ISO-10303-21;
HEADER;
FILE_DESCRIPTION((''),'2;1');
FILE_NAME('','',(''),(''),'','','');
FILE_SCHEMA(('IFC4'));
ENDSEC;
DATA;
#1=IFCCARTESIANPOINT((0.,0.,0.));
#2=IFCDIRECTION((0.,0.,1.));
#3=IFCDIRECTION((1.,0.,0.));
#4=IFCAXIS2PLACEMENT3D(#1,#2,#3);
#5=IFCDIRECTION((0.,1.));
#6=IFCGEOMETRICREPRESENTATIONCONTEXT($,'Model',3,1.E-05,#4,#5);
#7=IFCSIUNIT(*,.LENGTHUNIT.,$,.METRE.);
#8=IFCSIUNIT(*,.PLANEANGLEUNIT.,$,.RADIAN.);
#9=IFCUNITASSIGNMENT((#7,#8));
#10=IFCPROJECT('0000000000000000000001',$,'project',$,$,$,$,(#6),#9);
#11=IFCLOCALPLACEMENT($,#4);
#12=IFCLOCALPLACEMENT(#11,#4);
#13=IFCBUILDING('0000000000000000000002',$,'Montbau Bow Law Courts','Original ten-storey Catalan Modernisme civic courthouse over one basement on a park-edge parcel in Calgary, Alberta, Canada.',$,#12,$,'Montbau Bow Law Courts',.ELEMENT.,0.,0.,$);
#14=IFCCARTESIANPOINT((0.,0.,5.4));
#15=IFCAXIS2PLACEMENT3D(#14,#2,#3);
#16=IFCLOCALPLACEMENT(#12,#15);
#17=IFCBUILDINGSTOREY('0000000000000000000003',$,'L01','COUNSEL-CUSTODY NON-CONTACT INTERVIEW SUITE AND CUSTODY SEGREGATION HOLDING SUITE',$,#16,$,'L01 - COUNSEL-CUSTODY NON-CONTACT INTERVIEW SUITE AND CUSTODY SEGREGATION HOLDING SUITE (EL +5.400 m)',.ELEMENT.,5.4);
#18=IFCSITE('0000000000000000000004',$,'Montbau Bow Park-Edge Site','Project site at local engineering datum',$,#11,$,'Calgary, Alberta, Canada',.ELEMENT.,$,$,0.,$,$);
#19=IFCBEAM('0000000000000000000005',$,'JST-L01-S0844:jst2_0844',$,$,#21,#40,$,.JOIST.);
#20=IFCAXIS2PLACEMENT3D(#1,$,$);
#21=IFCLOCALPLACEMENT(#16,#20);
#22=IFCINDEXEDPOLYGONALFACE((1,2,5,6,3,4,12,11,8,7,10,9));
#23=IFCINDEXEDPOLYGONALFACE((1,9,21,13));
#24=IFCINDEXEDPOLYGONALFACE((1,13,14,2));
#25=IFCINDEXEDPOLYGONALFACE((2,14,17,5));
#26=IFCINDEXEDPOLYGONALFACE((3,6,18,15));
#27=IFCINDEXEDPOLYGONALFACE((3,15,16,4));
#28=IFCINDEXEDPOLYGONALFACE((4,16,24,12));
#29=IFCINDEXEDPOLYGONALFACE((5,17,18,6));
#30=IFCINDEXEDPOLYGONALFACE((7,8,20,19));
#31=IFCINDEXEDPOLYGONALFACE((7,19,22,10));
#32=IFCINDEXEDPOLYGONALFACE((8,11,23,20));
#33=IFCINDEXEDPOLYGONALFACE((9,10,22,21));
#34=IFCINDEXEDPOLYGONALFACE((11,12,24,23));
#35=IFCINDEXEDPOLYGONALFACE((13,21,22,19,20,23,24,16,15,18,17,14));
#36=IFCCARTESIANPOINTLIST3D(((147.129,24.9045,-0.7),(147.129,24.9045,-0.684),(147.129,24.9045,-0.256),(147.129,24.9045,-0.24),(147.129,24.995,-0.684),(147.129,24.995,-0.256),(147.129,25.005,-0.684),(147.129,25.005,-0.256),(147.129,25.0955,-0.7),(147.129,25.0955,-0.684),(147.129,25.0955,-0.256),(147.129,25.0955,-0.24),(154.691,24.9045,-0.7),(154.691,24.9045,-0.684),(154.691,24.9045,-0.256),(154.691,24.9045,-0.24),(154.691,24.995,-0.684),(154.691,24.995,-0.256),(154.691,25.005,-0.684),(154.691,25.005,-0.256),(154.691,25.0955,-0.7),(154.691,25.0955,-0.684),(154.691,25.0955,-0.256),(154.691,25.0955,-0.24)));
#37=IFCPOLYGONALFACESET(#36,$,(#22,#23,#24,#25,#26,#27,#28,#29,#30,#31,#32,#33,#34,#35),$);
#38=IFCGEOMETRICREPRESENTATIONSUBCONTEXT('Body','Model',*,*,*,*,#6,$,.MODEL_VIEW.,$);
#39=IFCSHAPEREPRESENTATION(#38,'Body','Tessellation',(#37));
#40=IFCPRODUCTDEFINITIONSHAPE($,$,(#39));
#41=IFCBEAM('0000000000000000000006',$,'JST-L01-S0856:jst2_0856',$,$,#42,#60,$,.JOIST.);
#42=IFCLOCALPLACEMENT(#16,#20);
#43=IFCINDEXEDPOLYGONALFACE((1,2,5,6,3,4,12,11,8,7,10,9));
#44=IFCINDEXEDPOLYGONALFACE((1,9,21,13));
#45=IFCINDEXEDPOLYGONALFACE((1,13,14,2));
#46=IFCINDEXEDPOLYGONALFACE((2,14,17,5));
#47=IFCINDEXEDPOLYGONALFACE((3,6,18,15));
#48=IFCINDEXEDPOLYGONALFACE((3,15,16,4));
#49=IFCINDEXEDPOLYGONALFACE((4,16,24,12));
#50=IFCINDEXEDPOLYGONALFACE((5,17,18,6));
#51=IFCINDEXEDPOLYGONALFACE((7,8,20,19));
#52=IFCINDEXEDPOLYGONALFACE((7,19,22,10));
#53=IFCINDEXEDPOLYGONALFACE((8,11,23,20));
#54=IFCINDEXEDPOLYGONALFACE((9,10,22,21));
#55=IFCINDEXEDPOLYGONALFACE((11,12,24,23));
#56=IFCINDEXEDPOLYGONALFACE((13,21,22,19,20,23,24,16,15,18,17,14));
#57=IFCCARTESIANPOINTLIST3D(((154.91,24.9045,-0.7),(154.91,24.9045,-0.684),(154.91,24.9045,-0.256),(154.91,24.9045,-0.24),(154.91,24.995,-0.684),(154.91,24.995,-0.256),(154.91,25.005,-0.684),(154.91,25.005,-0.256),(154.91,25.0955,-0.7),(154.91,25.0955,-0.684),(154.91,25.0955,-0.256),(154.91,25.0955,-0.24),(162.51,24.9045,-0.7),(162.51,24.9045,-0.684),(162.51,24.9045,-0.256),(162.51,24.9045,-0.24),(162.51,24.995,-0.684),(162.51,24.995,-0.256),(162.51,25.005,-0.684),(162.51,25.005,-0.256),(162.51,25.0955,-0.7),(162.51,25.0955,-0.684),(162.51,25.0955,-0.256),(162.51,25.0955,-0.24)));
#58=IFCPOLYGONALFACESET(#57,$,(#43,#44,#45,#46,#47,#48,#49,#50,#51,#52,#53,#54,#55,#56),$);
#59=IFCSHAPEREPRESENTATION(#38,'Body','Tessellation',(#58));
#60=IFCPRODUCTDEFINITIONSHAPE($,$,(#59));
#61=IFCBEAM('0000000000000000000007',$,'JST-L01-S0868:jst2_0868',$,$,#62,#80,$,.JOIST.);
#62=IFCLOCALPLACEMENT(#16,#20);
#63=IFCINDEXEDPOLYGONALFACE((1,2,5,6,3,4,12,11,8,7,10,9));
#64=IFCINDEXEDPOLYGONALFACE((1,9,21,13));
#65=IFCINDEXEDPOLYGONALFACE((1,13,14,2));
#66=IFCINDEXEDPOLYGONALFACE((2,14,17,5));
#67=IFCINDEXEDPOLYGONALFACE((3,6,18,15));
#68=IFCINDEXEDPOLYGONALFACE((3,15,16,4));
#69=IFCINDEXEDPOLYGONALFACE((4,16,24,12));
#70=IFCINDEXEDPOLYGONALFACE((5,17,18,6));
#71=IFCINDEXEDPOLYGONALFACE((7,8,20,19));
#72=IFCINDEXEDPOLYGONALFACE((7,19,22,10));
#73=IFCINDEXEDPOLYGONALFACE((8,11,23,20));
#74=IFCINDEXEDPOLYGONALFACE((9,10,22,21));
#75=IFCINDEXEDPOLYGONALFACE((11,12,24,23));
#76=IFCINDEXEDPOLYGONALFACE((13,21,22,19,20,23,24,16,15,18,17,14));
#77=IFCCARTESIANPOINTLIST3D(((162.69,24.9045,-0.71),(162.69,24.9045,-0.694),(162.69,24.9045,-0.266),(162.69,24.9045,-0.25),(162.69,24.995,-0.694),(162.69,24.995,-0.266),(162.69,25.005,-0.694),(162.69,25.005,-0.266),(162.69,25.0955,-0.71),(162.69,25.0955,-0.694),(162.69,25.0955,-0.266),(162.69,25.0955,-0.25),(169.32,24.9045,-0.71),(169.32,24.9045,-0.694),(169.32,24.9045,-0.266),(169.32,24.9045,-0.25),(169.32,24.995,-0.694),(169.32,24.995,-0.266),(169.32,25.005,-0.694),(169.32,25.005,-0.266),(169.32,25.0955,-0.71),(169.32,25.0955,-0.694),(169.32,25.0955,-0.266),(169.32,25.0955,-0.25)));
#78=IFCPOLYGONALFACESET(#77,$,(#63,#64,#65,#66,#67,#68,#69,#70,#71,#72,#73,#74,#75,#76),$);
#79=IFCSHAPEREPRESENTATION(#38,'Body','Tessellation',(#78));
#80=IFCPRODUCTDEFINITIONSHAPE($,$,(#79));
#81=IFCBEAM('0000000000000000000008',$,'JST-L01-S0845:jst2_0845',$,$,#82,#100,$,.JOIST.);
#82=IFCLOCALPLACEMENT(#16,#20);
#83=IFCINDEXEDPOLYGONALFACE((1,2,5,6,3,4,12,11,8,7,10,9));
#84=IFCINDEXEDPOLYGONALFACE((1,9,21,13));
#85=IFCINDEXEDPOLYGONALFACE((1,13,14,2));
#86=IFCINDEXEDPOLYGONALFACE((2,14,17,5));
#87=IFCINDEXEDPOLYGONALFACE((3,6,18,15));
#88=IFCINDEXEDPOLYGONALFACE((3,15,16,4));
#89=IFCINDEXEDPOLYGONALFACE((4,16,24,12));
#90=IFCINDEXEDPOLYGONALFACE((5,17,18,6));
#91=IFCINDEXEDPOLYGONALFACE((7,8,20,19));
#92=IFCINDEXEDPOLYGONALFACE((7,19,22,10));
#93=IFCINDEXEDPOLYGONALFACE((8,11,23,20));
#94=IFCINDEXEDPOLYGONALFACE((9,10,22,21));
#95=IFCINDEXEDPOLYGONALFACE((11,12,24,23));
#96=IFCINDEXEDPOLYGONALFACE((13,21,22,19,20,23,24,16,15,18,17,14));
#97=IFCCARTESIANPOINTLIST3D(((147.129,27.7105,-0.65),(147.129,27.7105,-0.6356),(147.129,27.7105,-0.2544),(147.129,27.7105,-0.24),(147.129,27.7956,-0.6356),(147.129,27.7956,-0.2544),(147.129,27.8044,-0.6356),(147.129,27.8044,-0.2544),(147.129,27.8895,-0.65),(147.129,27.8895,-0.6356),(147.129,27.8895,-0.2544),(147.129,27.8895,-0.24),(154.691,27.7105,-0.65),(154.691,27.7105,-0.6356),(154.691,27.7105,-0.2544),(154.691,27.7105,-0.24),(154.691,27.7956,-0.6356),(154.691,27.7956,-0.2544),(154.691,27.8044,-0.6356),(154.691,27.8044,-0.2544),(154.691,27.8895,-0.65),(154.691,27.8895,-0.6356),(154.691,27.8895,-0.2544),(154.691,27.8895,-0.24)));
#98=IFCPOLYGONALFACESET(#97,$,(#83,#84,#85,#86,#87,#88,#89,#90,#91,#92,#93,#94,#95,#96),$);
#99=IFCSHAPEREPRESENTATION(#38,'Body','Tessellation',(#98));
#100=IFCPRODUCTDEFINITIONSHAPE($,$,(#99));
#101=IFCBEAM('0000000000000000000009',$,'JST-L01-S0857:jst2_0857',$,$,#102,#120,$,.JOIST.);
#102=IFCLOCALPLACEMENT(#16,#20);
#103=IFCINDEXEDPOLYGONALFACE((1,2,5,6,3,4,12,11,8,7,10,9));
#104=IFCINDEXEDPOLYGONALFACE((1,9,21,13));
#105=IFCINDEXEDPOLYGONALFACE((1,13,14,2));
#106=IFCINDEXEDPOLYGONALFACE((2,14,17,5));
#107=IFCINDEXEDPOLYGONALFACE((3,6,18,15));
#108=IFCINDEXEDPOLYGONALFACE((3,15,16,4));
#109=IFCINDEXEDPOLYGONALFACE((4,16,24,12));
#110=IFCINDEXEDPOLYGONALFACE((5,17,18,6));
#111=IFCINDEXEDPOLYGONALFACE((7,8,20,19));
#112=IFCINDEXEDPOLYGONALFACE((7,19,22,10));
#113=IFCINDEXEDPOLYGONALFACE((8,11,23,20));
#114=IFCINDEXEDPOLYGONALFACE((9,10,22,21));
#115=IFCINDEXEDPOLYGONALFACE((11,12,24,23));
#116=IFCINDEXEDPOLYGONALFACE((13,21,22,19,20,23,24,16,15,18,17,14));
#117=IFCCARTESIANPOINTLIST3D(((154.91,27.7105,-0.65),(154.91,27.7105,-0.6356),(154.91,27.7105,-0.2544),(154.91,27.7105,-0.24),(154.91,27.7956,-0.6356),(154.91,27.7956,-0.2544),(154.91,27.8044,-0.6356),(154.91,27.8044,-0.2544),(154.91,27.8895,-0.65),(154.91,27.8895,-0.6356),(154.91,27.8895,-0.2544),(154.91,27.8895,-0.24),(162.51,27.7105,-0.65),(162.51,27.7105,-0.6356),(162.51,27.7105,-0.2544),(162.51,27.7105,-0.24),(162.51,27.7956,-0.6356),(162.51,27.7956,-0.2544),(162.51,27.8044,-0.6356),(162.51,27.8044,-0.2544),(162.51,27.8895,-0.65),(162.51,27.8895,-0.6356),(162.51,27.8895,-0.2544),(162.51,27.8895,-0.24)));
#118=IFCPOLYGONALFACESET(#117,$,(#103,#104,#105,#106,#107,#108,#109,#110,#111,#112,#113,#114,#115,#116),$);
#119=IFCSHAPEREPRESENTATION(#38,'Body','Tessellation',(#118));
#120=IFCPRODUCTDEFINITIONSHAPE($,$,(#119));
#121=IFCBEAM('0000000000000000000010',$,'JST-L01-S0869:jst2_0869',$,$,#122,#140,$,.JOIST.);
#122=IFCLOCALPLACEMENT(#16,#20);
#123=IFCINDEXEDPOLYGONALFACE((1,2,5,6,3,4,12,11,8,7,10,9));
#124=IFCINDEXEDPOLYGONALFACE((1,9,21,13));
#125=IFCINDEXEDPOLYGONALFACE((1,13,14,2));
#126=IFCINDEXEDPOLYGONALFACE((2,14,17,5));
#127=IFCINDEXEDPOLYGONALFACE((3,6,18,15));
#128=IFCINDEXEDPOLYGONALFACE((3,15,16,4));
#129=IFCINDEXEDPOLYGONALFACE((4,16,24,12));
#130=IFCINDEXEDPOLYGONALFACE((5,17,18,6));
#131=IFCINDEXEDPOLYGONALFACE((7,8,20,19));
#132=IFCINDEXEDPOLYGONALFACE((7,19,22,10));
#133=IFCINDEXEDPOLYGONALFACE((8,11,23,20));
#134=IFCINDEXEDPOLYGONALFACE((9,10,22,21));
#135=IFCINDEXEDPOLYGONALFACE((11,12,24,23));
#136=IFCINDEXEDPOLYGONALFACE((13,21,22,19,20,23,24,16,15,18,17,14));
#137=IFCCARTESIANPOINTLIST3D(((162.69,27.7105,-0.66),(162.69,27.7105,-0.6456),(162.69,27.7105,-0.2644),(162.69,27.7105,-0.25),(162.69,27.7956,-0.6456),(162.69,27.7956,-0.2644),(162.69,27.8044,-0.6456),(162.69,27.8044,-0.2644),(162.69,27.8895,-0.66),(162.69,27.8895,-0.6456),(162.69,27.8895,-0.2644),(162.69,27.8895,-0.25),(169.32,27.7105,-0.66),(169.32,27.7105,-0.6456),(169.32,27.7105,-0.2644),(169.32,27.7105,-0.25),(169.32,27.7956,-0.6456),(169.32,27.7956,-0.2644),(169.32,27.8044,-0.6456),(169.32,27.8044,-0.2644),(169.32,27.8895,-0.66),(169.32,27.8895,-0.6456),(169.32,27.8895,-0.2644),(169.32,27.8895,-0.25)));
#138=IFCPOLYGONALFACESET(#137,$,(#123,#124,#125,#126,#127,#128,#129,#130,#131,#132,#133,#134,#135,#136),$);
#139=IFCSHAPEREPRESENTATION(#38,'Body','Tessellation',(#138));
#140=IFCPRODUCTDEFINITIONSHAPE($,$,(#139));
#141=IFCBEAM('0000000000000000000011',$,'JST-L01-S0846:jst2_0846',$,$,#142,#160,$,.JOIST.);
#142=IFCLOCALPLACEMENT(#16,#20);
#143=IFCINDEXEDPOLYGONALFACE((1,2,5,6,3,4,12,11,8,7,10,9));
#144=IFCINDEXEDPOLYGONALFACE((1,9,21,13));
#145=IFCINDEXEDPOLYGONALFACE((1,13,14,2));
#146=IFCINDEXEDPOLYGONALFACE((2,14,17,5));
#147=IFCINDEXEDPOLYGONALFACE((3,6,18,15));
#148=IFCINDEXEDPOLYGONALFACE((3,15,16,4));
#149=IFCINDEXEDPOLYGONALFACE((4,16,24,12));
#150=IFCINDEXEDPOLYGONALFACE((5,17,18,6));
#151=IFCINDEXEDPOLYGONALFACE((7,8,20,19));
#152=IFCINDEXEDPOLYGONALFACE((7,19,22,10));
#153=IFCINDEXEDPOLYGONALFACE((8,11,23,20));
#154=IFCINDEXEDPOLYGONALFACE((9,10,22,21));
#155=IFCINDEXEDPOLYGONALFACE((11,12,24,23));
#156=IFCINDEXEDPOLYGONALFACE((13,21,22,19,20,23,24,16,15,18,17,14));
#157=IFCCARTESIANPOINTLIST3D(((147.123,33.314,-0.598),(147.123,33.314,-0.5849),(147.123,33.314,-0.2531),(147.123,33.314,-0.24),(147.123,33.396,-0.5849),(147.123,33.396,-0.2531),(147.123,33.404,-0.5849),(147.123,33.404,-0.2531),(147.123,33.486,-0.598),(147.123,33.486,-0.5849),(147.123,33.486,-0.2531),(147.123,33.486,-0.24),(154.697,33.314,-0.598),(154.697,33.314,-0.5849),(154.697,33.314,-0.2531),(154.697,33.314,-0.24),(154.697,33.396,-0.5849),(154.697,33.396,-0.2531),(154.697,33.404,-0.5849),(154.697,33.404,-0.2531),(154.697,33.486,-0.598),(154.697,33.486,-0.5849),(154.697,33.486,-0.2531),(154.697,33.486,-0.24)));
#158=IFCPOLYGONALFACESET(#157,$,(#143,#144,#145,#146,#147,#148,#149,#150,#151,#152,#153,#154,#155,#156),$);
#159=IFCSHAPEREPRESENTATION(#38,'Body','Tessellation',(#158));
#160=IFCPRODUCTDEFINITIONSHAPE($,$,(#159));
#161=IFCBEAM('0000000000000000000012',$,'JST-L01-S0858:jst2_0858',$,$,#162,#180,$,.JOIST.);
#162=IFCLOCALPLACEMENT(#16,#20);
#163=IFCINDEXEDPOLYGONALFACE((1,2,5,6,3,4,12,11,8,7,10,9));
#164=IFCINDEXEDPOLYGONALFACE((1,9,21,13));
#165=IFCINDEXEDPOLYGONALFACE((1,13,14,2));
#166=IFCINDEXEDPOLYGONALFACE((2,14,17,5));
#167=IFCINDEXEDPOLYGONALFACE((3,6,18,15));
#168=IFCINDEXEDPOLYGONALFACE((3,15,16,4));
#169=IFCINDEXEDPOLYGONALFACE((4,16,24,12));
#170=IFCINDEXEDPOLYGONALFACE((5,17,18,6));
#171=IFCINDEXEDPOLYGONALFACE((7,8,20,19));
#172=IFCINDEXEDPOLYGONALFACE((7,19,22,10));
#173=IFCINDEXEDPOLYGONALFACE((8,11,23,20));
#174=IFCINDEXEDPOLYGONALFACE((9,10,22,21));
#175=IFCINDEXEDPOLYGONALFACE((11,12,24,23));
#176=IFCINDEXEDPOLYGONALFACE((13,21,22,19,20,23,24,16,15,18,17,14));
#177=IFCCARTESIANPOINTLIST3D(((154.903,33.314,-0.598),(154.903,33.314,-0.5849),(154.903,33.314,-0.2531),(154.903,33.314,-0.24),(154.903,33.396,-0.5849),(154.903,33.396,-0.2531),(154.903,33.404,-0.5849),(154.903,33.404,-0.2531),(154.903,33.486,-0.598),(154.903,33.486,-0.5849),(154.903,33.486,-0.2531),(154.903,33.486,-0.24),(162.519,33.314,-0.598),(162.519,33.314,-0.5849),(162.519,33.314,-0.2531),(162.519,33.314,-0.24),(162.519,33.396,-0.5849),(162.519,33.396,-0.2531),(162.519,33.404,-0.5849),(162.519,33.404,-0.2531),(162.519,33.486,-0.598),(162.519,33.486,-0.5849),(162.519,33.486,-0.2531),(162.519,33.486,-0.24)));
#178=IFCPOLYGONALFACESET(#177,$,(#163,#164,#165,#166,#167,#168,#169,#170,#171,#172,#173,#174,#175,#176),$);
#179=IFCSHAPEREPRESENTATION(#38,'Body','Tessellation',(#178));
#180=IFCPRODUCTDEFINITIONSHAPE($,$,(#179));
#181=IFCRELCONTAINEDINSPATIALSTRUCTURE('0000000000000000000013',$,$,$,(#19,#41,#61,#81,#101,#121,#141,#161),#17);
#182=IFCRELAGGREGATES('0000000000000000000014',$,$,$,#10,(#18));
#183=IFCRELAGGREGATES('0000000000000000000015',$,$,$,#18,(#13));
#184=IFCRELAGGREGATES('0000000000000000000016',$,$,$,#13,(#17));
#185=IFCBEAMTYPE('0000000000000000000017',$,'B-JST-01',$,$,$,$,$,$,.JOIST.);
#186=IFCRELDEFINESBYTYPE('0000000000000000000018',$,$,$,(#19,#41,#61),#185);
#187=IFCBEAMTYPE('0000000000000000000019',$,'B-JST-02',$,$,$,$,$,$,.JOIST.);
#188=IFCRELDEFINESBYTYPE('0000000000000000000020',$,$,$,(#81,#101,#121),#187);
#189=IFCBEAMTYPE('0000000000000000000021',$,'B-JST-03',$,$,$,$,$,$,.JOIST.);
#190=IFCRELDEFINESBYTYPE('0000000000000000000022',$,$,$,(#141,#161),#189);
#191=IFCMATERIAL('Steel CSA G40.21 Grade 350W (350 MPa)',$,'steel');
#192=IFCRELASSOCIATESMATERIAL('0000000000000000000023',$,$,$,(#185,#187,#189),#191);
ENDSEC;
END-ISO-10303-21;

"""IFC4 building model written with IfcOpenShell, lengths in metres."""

from ifc_helpers import new_model, si_unit, direction, frame, origin_with_axes, origin_2d_with_axis, place, context, subcontext, project, spatial, i_section, extrude, material, material_profile, profile_set, type_object, element, save


model = new_model("IFC4")

# Units and contexts
model_context = context("Model", 3, precision=1e-05, world=origin_with_axes(), true_north=direction((0.0, 1.0)))
body_context = subcontext(model_context, "Body", "Model", "MODEL_VIEW")
ifc_project = project(units=[si_unit("LENGTHUNIT", "METRE"), si_unit("PLANEANGLEUNIT", "RADIAN")], contexts=[model_context])

# Site, building, storey
site_placement = place(None, origin_with_axes())
site = spatial("IfcSite", under=ifc_project, at=site_placement, Name="Montbau Bow Park-Edge Site", Description="Project site at local engineering datum", LongName="Calgary, Alberta, Canada", CompositionType="ELEMENT", RefElevation=0.0)
building_placement = place(site_placement, origin_with_axes())
building = spatial("IfcBuilding", under=site, at=building_placement, Name="Montbau Bow Law Courts", Description="Original ten-storey Catalan Modernisme civic courthouse over one basement on a park-edge parcel in Calgary, Alberta, Canada.", LongName="Montbau Bow Law Courts", CompositionType="ELEMENT", ElevationOfRefHeight=0.0, ElevationOfTerrain=0.0)
storey_placement = place(building_placement, frame((0.0, 0.0, 5.4), z_axis=(0.0, 0.0, 1.0), x_axis=(1.0, 0.0, 0.0)))
storey = spatial("IfcBuildingStorey", under=building, at=storey_placement, Name="L01", Description="COUNSEL-CUSTODY NON-CONTACT INTERVIEW SUITE AND CUSTODY SEGREGATION HOLDING SUITE", LongName="L01 - COUNSEL-CUSTODY NON-CONTACT INTERVIEW SUITE AND CUSTODY SEGREGATION HOLDING SUITE (EL +5.400 m)", CompositionType="ELEMENT", Elevation=5.4)

# Beams
ifc_material_1 = material(Name="Steel CSA G40.21 Grade 350W (350 MPa)", Category="steel")
ifc_material_profile_1 = material_profile(ifc_material_1, i_section(OverallWidth=0.191, OverallDepth=0.46, WebThickness=0.0099, FlangeThickness=0.016, at=origin_2d_with_axis()), Name="W460X82", Category="Main", Priority=0)
ifc_profile_set_1 = profile_set([ifc_material_profile_1], Name="Steel CSA G40.21 Grade 350W (350 MPa)")
beam_type_1 = type_object("IfcBeamType", Name="B-JST-01", PredefinedType="JOIST", material=ifc_profile_set_1)
beam_1_placement = place(None, frame((147.129, 25.0, 4.93), z_axis=(1.0, 0.0, 0.0), x_axis=(0.0, 1.0, 0.0)))
element("IfcBeam", 1, at=beam_1_placement, inside=storey, type_object=beam_type_1, Name="JST-L01-S0844:jst2_0844", PredefinedType="JOIST", context=body_context, shape_type="SweptSolid", body=[
    extrude(i_section(OverallWidth=0.191, OverallDepth=0.46, WebThickness=0.0099, FlangeThickness=0.016, at=origin_2d_with_axis()), origin_with_axes(), (0.0, 0.0, 1.0), 7.562),
])
beam_2_placement = place(None, frame((154.91, 25.0, 4.93), z_axis=(1.0, 0.0, 0.0), x_axis=(0.0, 1.0, 0.0)))
element("IfcBeam", 2, at=beam_2_placement, inside=storey, type_object=beam_type_1, Name="JST-L01-S0856:jst2_0856", PredefinedType="JOIST", context=body_context, shape_type="SweptSolid", body=[
    extrude(i_section(OverallWidth=0.191, OverallDepth=0.46, WebThickness=0.0099, FlangeThickness=0.016, at=origin_2d_with_axis()), origin_with_axes(), (0.0, 0.0, 1.0), 7.6),
])
beam_3_placement = place(None, frame((162.69, 25.0, 4.92), z_axis=(1.0, 0.0, 0.0), x_axis=(0.0, 1.0, 0.0)))
element("IfcBeam", 3, at=beam_3_placement, inside=storey, type_object=beam_type_1, Name="JST-L01-S0868:jst2_0868", PredefinedType="JOIST", context=body_context, shape_type="SweptSolid", body=[
    extrude(i_section(OverallWidth=0.191, OverallDepth=0.46, WebThickness=0.0099, FlangeThickness=0.016, at=origin_2d_with_axis()), origin_with_axes(), (0.0, 0.0, 1.0), 6.63),
])
ifc_material_profile_2 = material_profile(ifc_material_1, i_section(OverallWidth=0.179, OverallDepth=0.41, WebThickness=0.0088, FlangeThickness=0.0144, at=origin_2d_with_axis()), Name="W410X67", Category="Main", Priority=0)
ifc_profile_set_2 = profile_set([ifc_material_profile_2], Name="Steel CSA G40.21 Grade 350W (350 MPa)")
beam_type_2 = type_object("IfcBeamType", Name="B-JST-02", PredefinedType="JOIST", material=ifc_profile_set_2)
beam_4_placement = place(None, frame((147.129, 27.8, 4.955), z_axis=(1.0, 0.0, 0.0), x_axis=(0.0, 1.0, 0.0)))
element("IfcBeam", 4, at=beam_4_placement, inside=storey, type_object=beam_type_2, Name="JST-L01-S0845:jst2_0845", PredefinedType="JOIST", context=body_context, shape_type="SweptSolid", body=[
    extrude(i_section(OverallWidth=0.179, OverallDepth=0.41, WebThickness=0.0088, FlangeThickness=0.0144, at=origin_2d_with_axis()), origin_with_axes(), (0.0, 0.0, 1.0), 7.562),
])
beam_5_placement = place(None, frame((154.91, 27.8, 4.955), z_axis=(1.0, 0.0, 0.0), x_axis=(0.0, 1.0, 0.0)))
element("IfcBeam", 5, at=beam_5_placement, inside=storey, type_object=beam_type_2, Name="JST-L01-S0857:jst2_0857", PredefinedType="JOIST", context=body_context, shape_type="SweptSolid", body=[
    extrude(i_section(OverallWidth=0.179, OverallDepth=0.41, WebThickness=0.0088, FlangeThickness=0.0144, at=origin_2d_with_axis()), origin_with_axes(), (0.0, 0.0, 1.0), 7.6),
])
beam_6_placement = place(None, frame((162.69, 27.8, 4.945), z_axis=(1.0, 0.0, 0.0), x_axis=(0.0, 1.0, 0.0)))
element("IfcBeam", 6, at=beam_6_placement, inside=storey, type_object=beam_type_2, Name="JST-L01-S0869:jst2_0869", PredefinedType="JOIST", context=body_context, shape_type="SweptSolid", body=[
    extrude(i_section(OverallWidth=0.179, OverallDepth=0.41, WebThickness=0.0088, FlangeThickness=0.0144, at=origin_2d_with_axis()), origin_with_axes(), (0.0, 0.0, 1.0), 6.63),
])
ifc_material_profile_3 = material_profile(ifc_material_1, i_section(OverallWidth=0.172, OverallDepth=0.358, WebThickness=0.0079, FlangeThickness=0.0131, at=origin_2d_with_axis()), Name="W360X57", Category="Main", Priority=0)
ifc_profile_set_3 = profile_set([ifc_material_profile_3], Name="Steel CSA G40.21 Grade 350W (350 MPa)")
beam_type_3 = type_object("IfcBeamType", Name="B-JST-03", PredefinedType="JOIST", material=ifc_profile_set_3)
beam_7_placement = place(None, frame((147.123, 33.4, 4.981), z_axis=(1.0, 0.0, 0.0), x_axis=(0.0, 1.0, 0.0)))
element("IfcBeam", 7, at=beam_7_placement, inside=storey, type_object=beam_type_3, Name="JST-L01-S0846:jst2_0846", PredefinedType="JOIST", context=body_context, shape_type="SweptSolid", body=[
    extrude(i_section(OverallWidth=0.172, OverallDepth=0.358, WebThickness=0.0079, FlangeThickness=0.0131, at=origin_2d_with_axis()), origin_with_axes(), (0.0, 0.0, 1.0), 7.574),
])
beam_8_placement = place(None, frame((154.903, 33.4, 4.981), z_axis=(1.0, 0.0, 0.0), x_axis=(0.0, 1.0, 0.0)))
element("IfcBeam", 8, at=beam_8_placement, inside=storey, type_object=beam_type_3, Name="JST-L01-S0858:jst2_0858", PredefinedType="JOIST", context=body_context, shape_type="SweptSolid", body=[
    extrude(i_section(OverallWidth=0.172, OverallDepth=0.358, WebThickness=0.0079, FlangeThickness=0.0131, at=origin_2d_with_axis()), origin_with_axes(), (0.0, 0.0, 1.0), 7.616),
])

save(model, "model.ifc")
